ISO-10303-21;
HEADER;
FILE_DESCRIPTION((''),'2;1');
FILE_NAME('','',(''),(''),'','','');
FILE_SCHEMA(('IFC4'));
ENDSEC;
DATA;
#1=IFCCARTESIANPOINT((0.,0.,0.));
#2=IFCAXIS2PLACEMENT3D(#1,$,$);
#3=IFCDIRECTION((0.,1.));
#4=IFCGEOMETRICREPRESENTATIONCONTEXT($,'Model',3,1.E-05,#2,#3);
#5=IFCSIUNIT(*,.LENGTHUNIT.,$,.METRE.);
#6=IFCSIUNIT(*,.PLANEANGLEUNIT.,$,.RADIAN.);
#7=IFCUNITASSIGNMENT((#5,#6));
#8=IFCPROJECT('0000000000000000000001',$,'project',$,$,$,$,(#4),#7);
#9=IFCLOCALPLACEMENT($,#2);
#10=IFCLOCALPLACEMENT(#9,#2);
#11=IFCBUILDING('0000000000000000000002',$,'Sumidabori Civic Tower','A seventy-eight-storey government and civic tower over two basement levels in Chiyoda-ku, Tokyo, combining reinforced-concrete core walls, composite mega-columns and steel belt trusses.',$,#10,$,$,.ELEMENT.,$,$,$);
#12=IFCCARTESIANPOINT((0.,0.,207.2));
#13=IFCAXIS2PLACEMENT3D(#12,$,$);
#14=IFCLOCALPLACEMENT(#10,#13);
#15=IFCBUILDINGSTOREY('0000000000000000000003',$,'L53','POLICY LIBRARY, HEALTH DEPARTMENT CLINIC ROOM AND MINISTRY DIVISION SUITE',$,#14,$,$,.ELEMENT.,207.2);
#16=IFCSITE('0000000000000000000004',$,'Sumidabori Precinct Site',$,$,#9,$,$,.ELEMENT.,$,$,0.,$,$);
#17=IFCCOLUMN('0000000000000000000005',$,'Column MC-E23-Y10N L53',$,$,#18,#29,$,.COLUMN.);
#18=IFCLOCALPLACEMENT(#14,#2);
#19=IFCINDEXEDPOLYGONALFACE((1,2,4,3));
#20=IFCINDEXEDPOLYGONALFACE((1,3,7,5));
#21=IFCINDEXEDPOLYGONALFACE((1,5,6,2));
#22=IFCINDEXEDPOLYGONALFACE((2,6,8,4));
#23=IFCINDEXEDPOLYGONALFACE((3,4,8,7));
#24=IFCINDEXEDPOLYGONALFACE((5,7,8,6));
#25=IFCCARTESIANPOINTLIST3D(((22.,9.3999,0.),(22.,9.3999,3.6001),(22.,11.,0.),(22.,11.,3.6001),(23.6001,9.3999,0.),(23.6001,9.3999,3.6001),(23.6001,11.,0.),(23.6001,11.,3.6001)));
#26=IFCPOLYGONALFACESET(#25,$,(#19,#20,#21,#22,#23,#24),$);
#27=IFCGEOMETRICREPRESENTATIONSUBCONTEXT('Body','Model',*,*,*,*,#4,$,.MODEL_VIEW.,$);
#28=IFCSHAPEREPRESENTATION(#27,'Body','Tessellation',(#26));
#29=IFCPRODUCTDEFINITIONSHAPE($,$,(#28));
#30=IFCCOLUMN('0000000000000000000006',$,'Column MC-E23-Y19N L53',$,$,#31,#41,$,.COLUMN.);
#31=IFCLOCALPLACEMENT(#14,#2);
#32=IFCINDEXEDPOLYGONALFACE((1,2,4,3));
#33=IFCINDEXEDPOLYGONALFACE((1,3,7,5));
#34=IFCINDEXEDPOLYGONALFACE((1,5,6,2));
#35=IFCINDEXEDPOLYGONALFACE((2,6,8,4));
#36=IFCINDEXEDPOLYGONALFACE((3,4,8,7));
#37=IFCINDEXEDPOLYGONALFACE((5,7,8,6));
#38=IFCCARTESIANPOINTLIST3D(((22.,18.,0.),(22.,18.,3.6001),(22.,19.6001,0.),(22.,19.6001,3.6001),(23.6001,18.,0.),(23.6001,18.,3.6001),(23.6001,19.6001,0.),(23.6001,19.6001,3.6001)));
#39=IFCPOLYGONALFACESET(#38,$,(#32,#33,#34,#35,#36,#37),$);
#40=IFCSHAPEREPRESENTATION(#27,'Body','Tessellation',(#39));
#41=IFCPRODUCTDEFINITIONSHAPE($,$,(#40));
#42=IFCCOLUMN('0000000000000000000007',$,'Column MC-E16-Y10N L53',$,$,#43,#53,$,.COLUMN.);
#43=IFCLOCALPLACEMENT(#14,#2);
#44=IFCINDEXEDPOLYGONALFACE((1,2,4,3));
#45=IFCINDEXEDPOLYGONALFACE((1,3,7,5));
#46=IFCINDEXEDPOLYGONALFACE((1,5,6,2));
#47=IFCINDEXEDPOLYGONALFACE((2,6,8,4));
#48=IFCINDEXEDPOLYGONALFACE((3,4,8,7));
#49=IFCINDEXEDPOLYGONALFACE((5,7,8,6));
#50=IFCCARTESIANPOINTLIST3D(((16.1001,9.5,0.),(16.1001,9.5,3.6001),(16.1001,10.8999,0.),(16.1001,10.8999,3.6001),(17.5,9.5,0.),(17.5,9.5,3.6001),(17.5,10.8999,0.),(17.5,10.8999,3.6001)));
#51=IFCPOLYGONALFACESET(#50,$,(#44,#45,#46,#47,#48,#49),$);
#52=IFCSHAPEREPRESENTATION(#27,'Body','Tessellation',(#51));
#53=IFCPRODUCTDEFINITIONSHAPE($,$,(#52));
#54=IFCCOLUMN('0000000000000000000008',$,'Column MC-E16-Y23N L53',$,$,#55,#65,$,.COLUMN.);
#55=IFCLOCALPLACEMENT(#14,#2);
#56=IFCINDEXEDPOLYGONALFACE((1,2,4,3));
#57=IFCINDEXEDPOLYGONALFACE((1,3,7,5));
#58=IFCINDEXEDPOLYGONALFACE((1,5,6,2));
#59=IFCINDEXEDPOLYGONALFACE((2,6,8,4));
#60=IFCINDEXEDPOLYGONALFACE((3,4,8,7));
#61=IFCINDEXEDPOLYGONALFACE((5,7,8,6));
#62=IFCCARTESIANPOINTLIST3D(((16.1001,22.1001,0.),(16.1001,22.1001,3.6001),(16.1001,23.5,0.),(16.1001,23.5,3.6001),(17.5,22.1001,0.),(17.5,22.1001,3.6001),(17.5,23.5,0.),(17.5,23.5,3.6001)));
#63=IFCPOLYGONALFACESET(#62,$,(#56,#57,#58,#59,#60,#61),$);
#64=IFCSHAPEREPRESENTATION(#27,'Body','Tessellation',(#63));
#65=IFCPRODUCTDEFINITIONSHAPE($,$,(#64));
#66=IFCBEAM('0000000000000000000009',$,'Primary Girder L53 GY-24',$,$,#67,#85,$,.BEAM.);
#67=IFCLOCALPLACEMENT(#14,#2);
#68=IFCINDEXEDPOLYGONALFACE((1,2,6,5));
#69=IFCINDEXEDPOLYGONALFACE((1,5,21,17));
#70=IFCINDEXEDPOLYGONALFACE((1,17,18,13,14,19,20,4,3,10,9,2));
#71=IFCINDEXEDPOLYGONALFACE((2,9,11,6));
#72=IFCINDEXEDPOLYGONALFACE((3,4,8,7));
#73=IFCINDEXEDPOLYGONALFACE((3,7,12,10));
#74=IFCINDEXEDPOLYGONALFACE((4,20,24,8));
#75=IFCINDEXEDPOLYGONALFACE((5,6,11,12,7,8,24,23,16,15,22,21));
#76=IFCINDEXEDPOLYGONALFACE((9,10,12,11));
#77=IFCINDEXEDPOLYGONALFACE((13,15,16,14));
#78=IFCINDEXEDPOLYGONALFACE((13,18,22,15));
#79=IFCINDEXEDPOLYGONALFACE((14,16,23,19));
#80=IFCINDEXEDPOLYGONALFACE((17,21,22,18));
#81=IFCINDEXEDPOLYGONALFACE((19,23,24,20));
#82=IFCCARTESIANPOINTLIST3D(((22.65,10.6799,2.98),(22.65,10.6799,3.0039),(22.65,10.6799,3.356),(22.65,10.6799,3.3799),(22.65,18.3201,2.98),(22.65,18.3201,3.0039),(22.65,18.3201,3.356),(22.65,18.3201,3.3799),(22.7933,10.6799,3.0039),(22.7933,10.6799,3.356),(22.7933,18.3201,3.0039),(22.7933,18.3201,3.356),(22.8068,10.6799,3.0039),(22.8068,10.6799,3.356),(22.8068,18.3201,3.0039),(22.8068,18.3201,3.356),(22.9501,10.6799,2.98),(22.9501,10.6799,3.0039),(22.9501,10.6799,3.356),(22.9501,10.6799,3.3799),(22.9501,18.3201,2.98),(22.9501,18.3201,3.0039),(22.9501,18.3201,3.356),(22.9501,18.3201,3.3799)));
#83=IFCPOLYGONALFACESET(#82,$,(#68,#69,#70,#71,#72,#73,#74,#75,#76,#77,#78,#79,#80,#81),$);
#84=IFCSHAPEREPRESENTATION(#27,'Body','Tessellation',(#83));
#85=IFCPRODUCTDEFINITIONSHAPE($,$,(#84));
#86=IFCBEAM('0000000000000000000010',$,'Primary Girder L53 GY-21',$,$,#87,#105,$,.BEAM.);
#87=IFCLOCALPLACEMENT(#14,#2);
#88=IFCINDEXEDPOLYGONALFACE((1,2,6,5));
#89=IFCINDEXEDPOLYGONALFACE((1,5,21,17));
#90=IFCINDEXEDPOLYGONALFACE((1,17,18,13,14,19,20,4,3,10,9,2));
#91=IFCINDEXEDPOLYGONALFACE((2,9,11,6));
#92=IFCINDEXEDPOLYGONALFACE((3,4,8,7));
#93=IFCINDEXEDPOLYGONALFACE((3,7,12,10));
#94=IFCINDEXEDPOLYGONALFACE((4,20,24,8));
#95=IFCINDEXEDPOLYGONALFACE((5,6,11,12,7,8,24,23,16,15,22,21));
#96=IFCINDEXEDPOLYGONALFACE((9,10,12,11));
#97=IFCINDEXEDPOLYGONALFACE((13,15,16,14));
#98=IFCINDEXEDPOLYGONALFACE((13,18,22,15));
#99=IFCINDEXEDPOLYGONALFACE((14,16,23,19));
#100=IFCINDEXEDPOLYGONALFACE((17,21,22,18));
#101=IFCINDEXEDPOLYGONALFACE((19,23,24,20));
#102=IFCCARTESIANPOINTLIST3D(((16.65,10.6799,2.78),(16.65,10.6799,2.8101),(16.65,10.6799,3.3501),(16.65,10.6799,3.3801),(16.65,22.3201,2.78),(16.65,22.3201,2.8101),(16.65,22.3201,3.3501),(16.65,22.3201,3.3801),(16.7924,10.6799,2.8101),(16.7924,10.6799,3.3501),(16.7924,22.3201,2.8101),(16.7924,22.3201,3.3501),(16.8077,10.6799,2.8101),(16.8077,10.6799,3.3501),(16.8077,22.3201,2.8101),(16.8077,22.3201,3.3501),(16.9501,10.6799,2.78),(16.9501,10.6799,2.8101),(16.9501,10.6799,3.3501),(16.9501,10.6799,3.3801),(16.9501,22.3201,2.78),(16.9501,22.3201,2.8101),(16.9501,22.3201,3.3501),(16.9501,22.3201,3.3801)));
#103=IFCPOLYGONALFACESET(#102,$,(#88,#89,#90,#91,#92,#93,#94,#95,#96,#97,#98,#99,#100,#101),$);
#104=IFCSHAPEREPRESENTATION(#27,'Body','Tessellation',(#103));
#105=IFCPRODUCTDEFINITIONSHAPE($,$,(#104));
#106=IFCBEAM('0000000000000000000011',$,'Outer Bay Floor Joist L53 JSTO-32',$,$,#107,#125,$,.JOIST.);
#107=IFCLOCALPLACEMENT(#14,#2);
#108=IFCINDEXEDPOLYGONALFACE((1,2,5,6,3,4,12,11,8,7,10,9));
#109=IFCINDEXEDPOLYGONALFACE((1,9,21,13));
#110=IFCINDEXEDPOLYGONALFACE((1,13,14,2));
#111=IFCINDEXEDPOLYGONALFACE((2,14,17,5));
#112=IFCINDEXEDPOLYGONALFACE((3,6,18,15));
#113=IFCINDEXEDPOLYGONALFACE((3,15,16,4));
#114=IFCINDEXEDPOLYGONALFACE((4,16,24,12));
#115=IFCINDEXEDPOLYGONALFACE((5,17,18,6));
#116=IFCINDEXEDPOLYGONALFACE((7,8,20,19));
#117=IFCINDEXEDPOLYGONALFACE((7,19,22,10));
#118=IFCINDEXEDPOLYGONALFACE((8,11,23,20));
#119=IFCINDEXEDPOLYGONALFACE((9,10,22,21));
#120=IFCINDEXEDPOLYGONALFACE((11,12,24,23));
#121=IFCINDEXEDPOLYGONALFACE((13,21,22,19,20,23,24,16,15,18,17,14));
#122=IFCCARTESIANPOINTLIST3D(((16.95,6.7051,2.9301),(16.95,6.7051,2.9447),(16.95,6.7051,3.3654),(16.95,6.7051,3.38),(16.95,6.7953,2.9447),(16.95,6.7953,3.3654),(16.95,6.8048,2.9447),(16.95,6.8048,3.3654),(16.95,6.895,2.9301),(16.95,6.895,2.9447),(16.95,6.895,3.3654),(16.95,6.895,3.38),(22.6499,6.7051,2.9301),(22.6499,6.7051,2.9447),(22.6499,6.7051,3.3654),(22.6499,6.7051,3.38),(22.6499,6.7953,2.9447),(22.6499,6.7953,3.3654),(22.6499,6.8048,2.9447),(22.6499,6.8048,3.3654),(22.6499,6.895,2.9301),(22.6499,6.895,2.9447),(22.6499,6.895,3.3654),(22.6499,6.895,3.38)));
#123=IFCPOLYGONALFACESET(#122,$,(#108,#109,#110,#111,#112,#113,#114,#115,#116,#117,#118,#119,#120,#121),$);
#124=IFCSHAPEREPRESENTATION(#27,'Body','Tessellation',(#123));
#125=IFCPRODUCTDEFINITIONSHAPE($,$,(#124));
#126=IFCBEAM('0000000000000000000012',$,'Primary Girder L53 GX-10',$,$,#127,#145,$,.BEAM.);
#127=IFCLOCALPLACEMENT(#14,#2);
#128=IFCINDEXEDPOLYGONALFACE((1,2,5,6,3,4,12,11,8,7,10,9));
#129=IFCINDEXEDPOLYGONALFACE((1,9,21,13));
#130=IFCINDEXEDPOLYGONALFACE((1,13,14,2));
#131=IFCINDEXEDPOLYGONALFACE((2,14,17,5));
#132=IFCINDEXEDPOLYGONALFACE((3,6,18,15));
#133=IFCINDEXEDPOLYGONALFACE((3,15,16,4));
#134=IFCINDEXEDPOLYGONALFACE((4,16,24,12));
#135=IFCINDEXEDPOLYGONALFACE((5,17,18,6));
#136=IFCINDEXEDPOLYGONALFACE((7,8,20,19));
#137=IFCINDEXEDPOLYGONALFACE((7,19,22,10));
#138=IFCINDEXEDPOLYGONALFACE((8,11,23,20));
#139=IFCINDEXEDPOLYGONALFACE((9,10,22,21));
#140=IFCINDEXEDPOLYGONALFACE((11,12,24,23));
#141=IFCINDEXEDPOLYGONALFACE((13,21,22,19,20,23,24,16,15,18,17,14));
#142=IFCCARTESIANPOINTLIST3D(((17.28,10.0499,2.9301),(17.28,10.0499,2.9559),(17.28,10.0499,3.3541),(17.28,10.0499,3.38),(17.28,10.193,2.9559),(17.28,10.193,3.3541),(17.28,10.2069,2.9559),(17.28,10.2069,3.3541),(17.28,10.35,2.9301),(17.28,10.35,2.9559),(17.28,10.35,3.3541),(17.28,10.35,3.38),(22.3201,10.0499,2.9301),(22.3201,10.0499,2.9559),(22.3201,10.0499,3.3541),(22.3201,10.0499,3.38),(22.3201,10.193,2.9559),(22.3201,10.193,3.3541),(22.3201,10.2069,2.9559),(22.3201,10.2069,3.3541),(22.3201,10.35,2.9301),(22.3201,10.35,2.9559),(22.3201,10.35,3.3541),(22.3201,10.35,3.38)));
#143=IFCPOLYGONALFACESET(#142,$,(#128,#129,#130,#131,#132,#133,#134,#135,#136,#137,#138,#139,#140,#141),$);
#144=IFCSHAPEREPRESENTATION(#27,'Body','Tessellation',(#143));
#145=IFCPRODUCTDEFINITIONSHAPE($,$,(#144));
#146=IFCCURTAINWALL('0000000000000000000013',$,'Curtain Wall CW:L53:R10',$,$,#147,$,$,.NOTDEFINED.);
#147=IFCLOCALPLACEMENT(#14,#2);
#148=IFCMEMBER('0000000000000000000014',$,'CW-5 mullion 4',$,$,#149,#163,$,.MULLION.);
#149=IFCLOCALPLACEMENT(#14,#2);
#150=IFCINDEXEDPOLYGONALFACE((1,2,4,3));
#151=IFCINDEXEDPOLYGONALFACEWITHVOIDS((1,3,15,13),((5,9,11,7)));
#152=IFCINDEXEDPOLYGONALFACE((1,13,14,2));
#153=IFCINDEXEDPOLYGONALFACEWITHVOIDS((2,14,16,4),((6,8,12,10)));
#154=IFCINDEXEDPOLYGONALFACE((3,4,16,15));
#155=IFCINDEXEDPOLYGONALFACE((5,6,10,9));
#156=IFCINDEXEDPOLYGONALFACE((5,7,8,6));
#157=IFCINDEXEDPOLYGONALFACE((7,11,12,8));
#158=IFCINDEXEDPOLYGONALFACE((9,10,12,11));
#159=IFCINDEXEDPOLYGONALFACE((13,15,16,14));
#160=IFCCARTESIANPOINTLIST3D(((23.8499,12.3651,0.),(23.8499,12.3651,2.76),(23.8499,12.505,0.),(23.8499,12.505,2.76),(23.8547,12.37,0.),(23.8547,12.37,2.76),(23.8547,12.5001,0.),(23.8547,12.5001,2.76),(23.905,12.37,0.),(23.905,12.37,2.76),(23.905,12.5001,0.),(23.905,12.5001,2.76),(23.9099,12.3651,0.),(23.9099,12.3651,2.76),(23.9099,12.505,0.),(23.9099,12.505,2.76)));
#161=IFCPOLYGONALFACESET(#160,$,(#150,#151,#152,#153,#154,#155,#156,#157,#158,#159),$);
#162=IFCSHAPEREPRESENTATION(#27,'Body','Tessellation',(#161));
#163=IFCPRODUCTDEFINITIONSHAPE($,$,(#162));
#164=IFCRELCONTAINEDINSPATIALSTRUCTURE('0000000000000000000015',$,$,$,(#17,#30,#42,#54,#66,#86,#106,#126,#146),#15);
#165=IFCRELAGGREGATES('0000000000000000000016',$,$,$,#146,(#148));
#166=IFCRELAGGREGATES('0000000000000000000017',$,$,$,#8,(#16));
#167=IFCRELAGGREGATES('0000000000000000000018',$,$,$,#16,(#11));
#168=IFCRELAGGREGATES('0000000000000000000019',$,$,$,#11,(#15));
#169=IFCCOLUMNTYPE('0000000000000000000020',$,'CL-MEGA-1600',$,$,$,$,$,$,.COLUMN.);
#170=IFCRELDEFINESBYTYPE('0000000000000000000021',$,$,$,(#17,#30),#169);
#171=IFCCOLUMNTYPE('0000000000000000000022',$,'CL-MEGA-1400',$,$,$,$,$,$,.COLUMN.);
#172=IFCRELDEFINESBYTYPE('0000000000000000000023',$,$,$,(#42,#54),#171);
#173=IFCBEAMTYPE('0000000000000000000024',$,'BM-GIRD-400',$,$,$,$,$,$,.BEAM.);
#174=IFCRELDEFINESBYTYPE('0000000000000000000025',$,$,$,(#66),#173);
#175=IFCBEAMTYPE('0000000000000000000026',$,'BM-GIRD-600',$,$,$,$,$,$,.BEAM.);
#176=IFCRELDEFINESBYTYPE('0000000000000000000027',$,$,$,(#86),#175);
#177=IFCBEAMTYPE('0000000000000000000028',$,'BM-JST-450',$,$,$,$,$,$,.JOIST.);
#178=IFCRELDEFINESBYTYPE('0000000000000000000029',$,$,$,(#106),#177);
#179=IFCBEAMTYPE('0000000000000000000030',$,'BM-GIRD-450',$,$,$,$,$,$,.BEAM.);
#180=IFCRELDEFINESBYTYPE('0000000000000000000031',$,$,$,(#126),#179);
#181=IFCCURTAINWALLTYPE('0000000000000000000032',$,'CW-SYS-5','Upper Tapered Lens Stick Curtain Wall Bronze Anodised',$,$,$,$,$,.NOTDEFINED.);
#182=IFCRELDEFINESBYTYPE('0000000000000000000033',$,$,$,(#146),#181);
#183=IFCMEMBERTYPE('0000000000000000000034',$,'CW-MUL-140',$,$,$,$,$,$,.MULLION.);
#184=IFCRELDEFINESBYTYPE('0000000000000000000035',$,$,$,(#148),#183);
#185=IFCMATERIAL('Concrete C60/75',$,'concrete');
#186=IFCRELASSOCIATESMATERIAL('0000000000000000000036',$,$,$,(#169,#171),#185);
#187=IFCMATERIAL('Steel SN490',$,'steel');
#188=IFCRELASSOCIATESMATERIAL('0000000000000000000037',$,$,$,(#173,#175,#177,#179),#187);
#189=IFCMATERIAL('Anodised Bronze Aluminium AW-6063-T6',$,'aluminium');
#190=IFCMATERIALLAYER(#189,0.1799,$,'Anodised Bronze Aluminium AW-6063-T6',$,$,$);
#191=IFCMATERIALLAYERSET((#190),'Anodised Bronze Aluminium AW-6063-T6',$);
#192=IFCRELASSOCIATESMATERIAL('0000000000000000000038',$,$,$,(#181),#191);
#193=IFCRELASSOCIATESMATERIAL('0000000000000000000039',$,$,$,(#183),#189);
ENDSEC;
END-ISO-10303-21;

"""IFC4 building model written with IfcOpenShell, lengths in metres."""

from ifc_helpers import new_model, si_unit, direction, frame, origin, origin_2d, place, context, subcontext, project, spatial, rectangle, hollow_rectangle, i_section, extrude, source, transform, mapped, material, layer, layer_set, material_profile, profile_set, type_object, element, aggregate, save


model = new_model("IFC4")

# Units and contexts
model_context = context("Model", 3, precision=1e-05, world=origin(), true_north=direction((0.0, 1.0)))
body_context = subcontext(model_context, "Body", "Model", "MODEL_VIEW")
ifc_project = project(units=[si_unit("LENGTHUNIT", "METRE"), si_unit("PLANEANGLEUNIT", "RADIAN")], contexts=[model_context])

# Site, building, storey
site_placement = place(None, origin())
site = spatial("IfcSite", under=ifc_project, at=site_placement, Name="Sumidabori Precinct Site", CompositionType="ELEMENT", RefElevation=0.0)
building_placement = place(site_placement, origin())
building = spatial("IfcBuilding", under=site, at=building_placement, Name="Sumidabori Civic Tower", Description="A seventy-eight-storey government and civic tower over two basement levels in Chiyoda-ku, Tokyo, combining reinforced-concrete core walls, composite mega-columns and steel belt trusses.", CompositionType="ELEMENT")
storey_placement = place(building_placement, frame((0.0, 0.0, 207.2)))
storey = spatial("IfcBuildingStorey", under=building, at=storey_placement, Name="L53", Description="POLICY LIBRARY, HEALTH DEPARTMENT CLINIC ROOM AND MINISTRY DIVISION SUITE", CompositionType="ELEMENT", Elevation=207.2)

# Columns
ifc_material_1 = material(Name="Concrete C60/75", Category="concrete")
ifc_material_profile_1 = material_profile(ifc_material_1, rectangle(XDim=1.6001, YDim=1.6001, at=origin_2d()), Name="RC 1600x1600")
ifc_profile_set_1 = profile_set([ifc_material_profile_1], Name="Concrete C60/75")
column_type_1 = type_object("IfcColumnType", Name="CL-MEGA-1600", PredefinedType="COLUMN", material=ifc_profile_set_1)
shared_shape_1 = source(origin(), body_context, "Body", "SweptSolid", [
    extrude(rectangle(XDim=1.6001, YDim=1.6001, at=origin_2d()), origin(), (0.0, 0.0, 1.0), 3.6001),
])
for number, where, z_axis, x_axis, name in (
    (1, (22.8, 10.2, 0.0), (0.0, 0.0, 1.0), (1.0, 0.0, 0.0), "Column MC-E23-Y10N L53"),
    (2, (22.8, 18.8, 0.0), (0.0, 0.0, 1.0), (1.0, 0.0, 0.0), "Column MC-E23-Y19N L53"),
):
    element("IfcColumn", number, at=place(storey_placement, frame(where, z_axis=z_axis, x_axis=x_axis)), inside=storey, type_object=column_type_1, Name=name, PredefinedType="COLUMN", context=body_context, shape_type="MappedRepresentation", body=[
        mapped(shared_shape_1, transform((0.0, 0.0, 0.0), x_axis=(1.0, 0.0, 0.0), y_axis=(0.0, 1.0, 0.0), z_axis=(0.0, 0.0, 1.0), scale=1.0)),
    ])
ifc_material_profile_2 = material_profile(ifc_material_1, rectangle(XDim=1.3999, YDim=1.3999, at=origin_2d()), Name="RC 1400x1400")
ifc_profile_set_2 = profile_set([ifc_material_profile_2], Name="Concrete C60/75")
column_type_2 = type_object("IfcColumnType", Name="CL-MEGA-1400", PredefinedType="COLUMN", material=ifc_profile_set_2)
shared_shape_2 = source(origin(), body_context, "Body", "SweptSolid", [
    extrude(rectangle(XDim=1.3999, YDim=1.3999, at=origin_2d()), origin(), (0.0, 0.0, 1.0), 3.6001),
])
for number, where, z_axis, x_axis, name in (
    (3, (16.8, 10.2, 0.0), (0.0, 0.0, 1.0), (1.0, 0.0, 0.0), "Column MC-E16-Y10N L53"),
    (4, (16.8, 22.8, 0.0), (0.0, 0.0, 1.0), (1.0, 0.0, 0.0), "Column MC-E16-Y23N L53"),
):
    element("IfcColumn", number, at=place(storey_placement, frame(where, z_axis=z_axis, x_axis=x_axis)), inside=storey, type_object=column_type_2, Name=name, PredefinedType="COLUMN", context=body_context, shape_type="MappedRepresentation", body=[
        mapped(shared_shape_2, transform((0.0, 0.0, 0.0), x_axis=(1.0, 0.0, 0.0), y_axis=(0.0, 1.0, 0.0), z_axis=(0.0, 0.0, 1.0), scale=1.0)),
    ])

# Beams
ifc_material_2 = material(Name="Steel SN490", Category="steel")
ifc_material_profile_3 = material_profile(ifc_material_2, i_section(OverallWidth=0.3, OverallDepth=0.3999, WebThickness=0.0134, FlangeThickness=0.0239, at=origin_2d()), Name="HE 400 B")
ifc_profile_set_3 = profile_set([ifc_material_profile_3], Name="Steel SN490")
beam_type_1 = type_object("IfcBeamType", Name="BM-GIRD-400", PredefinedType="BEAM", material=ifc_profile_set_3)
shared_shape_3 = source(origin(), body_context, "Body", "SweptSolid", [
    extrude(i_section(OverallWidth=0.3, OverallDepth=0.3999, WebThickness=0.0134, FlangeThickness=0.0239, at=origin_2d()), origin(), (0.0, 0.0, 1.0), 7.6401),
])
beam_1_placement = place(storey_placement, frame((22.8, 10.6799, 3.1799), z_axis=(0.0, 1.0, 0.0), x_axis=(-1.0, 0.0, 0.0)))
element("IfcBeam", 5, at=beam_1_placement, inside=storey, type_object=beam_type_1, Name="Primary Girder L53 GY-24", PredefinedType="BEAM", context=body_context, shape_type="MappedRepresentation", body=[
    mapped(shared_shape_3, transform((0.0, 0.0, 0.0), x_axis=(1.0, 0.0, 0.0), y_axis=(0.0, 1.0, 0.0), z_axis=(0.0, 0.0, 1.0), scale=1.0)),
])
ifc_material_profile_4 = material_profile(ifc_material_2, i_section(OverallWidth=0.3, OverallDepth=0.6001, WebThickness=0.0154, FlangeThickness=0.03, at=origin_2d()), Name="HE 600 B")
ifc_profile_set_4 = profile_set([ifc_material_profile_4], Name="Steel SN490")
beam_type_2 = type_object("IfcBeamType", Name="BM-GIRD-600", PredefinedType="BEAM", material=ifc_profile_set_4)
shared_shape_4 = source(origin(), body_context, "Body", "SweptSolid", [
    extrude(i_section(OverallWidth=0.3, OverallDepth=0.6001, WebThickness=0.0154, FlangeThickness=0.03, at=origin_2d()), origin(), (0.0, 0.0, 1.0), 11.6401),
])
beam_2_placement = place(storey_placement, frame((16.8, 10.6799, 3.0801), z_axis=(0.0, 1.0, 0.0), x_axis=(-1.0, 0.0, 0.0)))
element("IfcBeam", 6, at=beam_2_placement, inside=storey, type_object=beam_type_2, Name="Primary Girder L53 GY-21", PredefinedType="BEAM", context=body_context, shape_type="MappedRepresentation", body=[
    mapped(shared_shape_4, transform((0.0, 0.0, 0.0), x_axis=(1.0, 0.0, 0.0), y_axis=(0.0, 1.0, 0.0), z_axis=(0.0, 0.0, 1.0), scale=1.0)),
])
ifc_material_profile_5 = material_profile(ifc_material_2, i_section(OverallWidth=0.1899, OverallDepth=0.45, WebThickness=0.0095, FlangeThickness=0.0146, at=origin_2d()), Name="IPE 450")
ifc_profile_set_5 = profile_set([ifc_material_profile_5], Name="Steel SN490")
beam_type_3 = type_object("IfcBeamType", Name="BM-JST-450", PredefinedType="JOIST", material=ifc_profile_set_5)
shared_shape_5 = source(origin(), body_context, "Body", "SweptSolid", [
    extrude(i_section(OverallWidth=0.1899, OverallDepth=0.45, WebThickness=0.0095, FlangeThickness=0.0146, at=origin_2d()), origin(), (0.0, 0.0, 1.0), 5.7),
])
beam_3_placement = place(storey_placement, frame((16.95, 6.8, 3.155), z_axis=(1.0, 0.0, 0.0), x_axis=(0.0, 1.0, 0.0)))
element("IfcBeam", 7, at=beam_3_placement, inside=storey, type_object=beam_type_3, Name="Outer Bay Floor Joist L53 JSTO-32", PredefinedType="JOIST", context=body_context, shape_type="MappedRepresentation", body=[
    mapped(shared_shape_5, transform((0.0, 0.0, 0.0), x_axis=(1.0, 0.0, 0.0), y_axis=(0.0, 1.0, 0.0), z_axis=(0.0, 0.0, 1.0), scale=1.0)),
])
ifc_material_profile_6 = material_profile(ifc_material_2, i_section(OverallWidth=0.3, OverallDepth=0.45, WebThickness=0.0139, FlangeThickness=0.0259, at=origin_2d()), Name="HE 450 B")
ifc_profile_set_6 = profile_set([ifc_material_profile_6], Name="Steel SN490")
beam_type_4 = type_object("IfcBeamType", Name="BM-GIRD-450", PredefinedType="BEAM", material=ifc_profile_set_6)
shared_shape_6 = source(origin(), body_context, "Body", "SweptSolid", [
    extrude(i_section(OverallWidth=0.3, OverallDepth=0.45, WebThickness=0.0139, FlangeThickness=0.0259, at=origin_2d()), origin(), (0.0, 0.0, 1.0), 5.04),
])
beam_4_placement = place(storey_placement, frame((17.28, 10.2, 3.155), z_axis=(1.0, 0.0, 0.0), x_axis=(0.0, 1.0, 0.0)))
element("IfcBeam", 8, at=beam_4_placement, inside=storey, type_object=beam_type_4, Name="Primary Girder L53 GX-10", PredefinedType="BEAM", context=body_context, shape_type="MappedRepresentation", body=[
    mapped(shared_shape_6, transform((0.0, 0.0, 0.0), x_axis=(1.0, 0.0, 0.0), y_axis=(0.0, 1.0, 0.0), z_axis=(0.0, 0.0, 1.0), scale=1.0)),
])

# Curtain wall, member
ifc_material_3 = material(Name="Anodised Bronze Aluminium AW-6063-T6", Category="aluminium")
ifc_layer_1 = layer(ifc_material_3, 0.1799, Name="Anodised Bronze Aluminium AW-6063-T6")
ifc_layer_set_1 = layer_set([ifc_layer_1], Name="Anodised Bronze Aluminium AW-6063-T6")
curtain_wall_type = type_object("IfcCurtainWallType", Name="CW-SYS-5", Description="Upper Tapered Lens Stick Curtain Wall Bronze Anodised", PredefinedType="NOTDEFINED", material=ifc_layer_set_1)
curtain_wall_1_placement = place(storey_placement, origin())
curtain_wall_1 = element("IfcCurtainWall", 9, at=curtain_wall_1_placement, inside=storey, type_object=curtain_wall_type, Name="Curtain Wall CW:L53:R10", PredefinedType="NOTDEFINED")
ifc_material_profile_7 = material_profile(ifc_material_3, hollow_rectangle(XDim=0.0601, YDim=0.1399, WallThickness=0.0049, at=origin_2d()), Name="ALU MULLION 140x60")
ifc_profile_set_7 = profile_set([ifc_material_profile_7], Name="Anodised Bronze Aluminium AW-6063-T6")
member_type_1 = type_object("IfcMemberType", Name="CW-MUL-140", PredefinedType="MULLION", material=ifc_profile_set_7)
shared_shape_7 = source(origin(), body_context, "Body", "SweptSolid", [
    extrude(hollow_rectangle(XDim=0.0601, YDim=0.1399, WallThickness=0.0049, at=origin_2d()), origin(), (0.0, 0.0, 1.0), 2.76),
])
member_1_placement = place(storey_placement, frame((23.8799, 12.4351, 0.0), z_axis=(0.0, 0.0, 1.0), x_axis=(-1.0, 0.0, 0.0)))
member_1 = element("IfcMember", 10, at=member_1_placement, type_object=member_type_1, Name="CW-5 mullion 4", PredefinedType="MULLION", context=body_context, shape_type="MappedRepresentation", body=[
    mapped(shared_shape_7, transform((0.0, 0.0, 0.0), x_axis=(1.0, 0.0, 0.0), y_axis=(0.0, 1.0, 0.0), z_axis=(0.0, 0.0, 1.0), scale=1.0)),
])

aggregate(curtain_wall_1, [member_1])

save(model, "model.ifc")
